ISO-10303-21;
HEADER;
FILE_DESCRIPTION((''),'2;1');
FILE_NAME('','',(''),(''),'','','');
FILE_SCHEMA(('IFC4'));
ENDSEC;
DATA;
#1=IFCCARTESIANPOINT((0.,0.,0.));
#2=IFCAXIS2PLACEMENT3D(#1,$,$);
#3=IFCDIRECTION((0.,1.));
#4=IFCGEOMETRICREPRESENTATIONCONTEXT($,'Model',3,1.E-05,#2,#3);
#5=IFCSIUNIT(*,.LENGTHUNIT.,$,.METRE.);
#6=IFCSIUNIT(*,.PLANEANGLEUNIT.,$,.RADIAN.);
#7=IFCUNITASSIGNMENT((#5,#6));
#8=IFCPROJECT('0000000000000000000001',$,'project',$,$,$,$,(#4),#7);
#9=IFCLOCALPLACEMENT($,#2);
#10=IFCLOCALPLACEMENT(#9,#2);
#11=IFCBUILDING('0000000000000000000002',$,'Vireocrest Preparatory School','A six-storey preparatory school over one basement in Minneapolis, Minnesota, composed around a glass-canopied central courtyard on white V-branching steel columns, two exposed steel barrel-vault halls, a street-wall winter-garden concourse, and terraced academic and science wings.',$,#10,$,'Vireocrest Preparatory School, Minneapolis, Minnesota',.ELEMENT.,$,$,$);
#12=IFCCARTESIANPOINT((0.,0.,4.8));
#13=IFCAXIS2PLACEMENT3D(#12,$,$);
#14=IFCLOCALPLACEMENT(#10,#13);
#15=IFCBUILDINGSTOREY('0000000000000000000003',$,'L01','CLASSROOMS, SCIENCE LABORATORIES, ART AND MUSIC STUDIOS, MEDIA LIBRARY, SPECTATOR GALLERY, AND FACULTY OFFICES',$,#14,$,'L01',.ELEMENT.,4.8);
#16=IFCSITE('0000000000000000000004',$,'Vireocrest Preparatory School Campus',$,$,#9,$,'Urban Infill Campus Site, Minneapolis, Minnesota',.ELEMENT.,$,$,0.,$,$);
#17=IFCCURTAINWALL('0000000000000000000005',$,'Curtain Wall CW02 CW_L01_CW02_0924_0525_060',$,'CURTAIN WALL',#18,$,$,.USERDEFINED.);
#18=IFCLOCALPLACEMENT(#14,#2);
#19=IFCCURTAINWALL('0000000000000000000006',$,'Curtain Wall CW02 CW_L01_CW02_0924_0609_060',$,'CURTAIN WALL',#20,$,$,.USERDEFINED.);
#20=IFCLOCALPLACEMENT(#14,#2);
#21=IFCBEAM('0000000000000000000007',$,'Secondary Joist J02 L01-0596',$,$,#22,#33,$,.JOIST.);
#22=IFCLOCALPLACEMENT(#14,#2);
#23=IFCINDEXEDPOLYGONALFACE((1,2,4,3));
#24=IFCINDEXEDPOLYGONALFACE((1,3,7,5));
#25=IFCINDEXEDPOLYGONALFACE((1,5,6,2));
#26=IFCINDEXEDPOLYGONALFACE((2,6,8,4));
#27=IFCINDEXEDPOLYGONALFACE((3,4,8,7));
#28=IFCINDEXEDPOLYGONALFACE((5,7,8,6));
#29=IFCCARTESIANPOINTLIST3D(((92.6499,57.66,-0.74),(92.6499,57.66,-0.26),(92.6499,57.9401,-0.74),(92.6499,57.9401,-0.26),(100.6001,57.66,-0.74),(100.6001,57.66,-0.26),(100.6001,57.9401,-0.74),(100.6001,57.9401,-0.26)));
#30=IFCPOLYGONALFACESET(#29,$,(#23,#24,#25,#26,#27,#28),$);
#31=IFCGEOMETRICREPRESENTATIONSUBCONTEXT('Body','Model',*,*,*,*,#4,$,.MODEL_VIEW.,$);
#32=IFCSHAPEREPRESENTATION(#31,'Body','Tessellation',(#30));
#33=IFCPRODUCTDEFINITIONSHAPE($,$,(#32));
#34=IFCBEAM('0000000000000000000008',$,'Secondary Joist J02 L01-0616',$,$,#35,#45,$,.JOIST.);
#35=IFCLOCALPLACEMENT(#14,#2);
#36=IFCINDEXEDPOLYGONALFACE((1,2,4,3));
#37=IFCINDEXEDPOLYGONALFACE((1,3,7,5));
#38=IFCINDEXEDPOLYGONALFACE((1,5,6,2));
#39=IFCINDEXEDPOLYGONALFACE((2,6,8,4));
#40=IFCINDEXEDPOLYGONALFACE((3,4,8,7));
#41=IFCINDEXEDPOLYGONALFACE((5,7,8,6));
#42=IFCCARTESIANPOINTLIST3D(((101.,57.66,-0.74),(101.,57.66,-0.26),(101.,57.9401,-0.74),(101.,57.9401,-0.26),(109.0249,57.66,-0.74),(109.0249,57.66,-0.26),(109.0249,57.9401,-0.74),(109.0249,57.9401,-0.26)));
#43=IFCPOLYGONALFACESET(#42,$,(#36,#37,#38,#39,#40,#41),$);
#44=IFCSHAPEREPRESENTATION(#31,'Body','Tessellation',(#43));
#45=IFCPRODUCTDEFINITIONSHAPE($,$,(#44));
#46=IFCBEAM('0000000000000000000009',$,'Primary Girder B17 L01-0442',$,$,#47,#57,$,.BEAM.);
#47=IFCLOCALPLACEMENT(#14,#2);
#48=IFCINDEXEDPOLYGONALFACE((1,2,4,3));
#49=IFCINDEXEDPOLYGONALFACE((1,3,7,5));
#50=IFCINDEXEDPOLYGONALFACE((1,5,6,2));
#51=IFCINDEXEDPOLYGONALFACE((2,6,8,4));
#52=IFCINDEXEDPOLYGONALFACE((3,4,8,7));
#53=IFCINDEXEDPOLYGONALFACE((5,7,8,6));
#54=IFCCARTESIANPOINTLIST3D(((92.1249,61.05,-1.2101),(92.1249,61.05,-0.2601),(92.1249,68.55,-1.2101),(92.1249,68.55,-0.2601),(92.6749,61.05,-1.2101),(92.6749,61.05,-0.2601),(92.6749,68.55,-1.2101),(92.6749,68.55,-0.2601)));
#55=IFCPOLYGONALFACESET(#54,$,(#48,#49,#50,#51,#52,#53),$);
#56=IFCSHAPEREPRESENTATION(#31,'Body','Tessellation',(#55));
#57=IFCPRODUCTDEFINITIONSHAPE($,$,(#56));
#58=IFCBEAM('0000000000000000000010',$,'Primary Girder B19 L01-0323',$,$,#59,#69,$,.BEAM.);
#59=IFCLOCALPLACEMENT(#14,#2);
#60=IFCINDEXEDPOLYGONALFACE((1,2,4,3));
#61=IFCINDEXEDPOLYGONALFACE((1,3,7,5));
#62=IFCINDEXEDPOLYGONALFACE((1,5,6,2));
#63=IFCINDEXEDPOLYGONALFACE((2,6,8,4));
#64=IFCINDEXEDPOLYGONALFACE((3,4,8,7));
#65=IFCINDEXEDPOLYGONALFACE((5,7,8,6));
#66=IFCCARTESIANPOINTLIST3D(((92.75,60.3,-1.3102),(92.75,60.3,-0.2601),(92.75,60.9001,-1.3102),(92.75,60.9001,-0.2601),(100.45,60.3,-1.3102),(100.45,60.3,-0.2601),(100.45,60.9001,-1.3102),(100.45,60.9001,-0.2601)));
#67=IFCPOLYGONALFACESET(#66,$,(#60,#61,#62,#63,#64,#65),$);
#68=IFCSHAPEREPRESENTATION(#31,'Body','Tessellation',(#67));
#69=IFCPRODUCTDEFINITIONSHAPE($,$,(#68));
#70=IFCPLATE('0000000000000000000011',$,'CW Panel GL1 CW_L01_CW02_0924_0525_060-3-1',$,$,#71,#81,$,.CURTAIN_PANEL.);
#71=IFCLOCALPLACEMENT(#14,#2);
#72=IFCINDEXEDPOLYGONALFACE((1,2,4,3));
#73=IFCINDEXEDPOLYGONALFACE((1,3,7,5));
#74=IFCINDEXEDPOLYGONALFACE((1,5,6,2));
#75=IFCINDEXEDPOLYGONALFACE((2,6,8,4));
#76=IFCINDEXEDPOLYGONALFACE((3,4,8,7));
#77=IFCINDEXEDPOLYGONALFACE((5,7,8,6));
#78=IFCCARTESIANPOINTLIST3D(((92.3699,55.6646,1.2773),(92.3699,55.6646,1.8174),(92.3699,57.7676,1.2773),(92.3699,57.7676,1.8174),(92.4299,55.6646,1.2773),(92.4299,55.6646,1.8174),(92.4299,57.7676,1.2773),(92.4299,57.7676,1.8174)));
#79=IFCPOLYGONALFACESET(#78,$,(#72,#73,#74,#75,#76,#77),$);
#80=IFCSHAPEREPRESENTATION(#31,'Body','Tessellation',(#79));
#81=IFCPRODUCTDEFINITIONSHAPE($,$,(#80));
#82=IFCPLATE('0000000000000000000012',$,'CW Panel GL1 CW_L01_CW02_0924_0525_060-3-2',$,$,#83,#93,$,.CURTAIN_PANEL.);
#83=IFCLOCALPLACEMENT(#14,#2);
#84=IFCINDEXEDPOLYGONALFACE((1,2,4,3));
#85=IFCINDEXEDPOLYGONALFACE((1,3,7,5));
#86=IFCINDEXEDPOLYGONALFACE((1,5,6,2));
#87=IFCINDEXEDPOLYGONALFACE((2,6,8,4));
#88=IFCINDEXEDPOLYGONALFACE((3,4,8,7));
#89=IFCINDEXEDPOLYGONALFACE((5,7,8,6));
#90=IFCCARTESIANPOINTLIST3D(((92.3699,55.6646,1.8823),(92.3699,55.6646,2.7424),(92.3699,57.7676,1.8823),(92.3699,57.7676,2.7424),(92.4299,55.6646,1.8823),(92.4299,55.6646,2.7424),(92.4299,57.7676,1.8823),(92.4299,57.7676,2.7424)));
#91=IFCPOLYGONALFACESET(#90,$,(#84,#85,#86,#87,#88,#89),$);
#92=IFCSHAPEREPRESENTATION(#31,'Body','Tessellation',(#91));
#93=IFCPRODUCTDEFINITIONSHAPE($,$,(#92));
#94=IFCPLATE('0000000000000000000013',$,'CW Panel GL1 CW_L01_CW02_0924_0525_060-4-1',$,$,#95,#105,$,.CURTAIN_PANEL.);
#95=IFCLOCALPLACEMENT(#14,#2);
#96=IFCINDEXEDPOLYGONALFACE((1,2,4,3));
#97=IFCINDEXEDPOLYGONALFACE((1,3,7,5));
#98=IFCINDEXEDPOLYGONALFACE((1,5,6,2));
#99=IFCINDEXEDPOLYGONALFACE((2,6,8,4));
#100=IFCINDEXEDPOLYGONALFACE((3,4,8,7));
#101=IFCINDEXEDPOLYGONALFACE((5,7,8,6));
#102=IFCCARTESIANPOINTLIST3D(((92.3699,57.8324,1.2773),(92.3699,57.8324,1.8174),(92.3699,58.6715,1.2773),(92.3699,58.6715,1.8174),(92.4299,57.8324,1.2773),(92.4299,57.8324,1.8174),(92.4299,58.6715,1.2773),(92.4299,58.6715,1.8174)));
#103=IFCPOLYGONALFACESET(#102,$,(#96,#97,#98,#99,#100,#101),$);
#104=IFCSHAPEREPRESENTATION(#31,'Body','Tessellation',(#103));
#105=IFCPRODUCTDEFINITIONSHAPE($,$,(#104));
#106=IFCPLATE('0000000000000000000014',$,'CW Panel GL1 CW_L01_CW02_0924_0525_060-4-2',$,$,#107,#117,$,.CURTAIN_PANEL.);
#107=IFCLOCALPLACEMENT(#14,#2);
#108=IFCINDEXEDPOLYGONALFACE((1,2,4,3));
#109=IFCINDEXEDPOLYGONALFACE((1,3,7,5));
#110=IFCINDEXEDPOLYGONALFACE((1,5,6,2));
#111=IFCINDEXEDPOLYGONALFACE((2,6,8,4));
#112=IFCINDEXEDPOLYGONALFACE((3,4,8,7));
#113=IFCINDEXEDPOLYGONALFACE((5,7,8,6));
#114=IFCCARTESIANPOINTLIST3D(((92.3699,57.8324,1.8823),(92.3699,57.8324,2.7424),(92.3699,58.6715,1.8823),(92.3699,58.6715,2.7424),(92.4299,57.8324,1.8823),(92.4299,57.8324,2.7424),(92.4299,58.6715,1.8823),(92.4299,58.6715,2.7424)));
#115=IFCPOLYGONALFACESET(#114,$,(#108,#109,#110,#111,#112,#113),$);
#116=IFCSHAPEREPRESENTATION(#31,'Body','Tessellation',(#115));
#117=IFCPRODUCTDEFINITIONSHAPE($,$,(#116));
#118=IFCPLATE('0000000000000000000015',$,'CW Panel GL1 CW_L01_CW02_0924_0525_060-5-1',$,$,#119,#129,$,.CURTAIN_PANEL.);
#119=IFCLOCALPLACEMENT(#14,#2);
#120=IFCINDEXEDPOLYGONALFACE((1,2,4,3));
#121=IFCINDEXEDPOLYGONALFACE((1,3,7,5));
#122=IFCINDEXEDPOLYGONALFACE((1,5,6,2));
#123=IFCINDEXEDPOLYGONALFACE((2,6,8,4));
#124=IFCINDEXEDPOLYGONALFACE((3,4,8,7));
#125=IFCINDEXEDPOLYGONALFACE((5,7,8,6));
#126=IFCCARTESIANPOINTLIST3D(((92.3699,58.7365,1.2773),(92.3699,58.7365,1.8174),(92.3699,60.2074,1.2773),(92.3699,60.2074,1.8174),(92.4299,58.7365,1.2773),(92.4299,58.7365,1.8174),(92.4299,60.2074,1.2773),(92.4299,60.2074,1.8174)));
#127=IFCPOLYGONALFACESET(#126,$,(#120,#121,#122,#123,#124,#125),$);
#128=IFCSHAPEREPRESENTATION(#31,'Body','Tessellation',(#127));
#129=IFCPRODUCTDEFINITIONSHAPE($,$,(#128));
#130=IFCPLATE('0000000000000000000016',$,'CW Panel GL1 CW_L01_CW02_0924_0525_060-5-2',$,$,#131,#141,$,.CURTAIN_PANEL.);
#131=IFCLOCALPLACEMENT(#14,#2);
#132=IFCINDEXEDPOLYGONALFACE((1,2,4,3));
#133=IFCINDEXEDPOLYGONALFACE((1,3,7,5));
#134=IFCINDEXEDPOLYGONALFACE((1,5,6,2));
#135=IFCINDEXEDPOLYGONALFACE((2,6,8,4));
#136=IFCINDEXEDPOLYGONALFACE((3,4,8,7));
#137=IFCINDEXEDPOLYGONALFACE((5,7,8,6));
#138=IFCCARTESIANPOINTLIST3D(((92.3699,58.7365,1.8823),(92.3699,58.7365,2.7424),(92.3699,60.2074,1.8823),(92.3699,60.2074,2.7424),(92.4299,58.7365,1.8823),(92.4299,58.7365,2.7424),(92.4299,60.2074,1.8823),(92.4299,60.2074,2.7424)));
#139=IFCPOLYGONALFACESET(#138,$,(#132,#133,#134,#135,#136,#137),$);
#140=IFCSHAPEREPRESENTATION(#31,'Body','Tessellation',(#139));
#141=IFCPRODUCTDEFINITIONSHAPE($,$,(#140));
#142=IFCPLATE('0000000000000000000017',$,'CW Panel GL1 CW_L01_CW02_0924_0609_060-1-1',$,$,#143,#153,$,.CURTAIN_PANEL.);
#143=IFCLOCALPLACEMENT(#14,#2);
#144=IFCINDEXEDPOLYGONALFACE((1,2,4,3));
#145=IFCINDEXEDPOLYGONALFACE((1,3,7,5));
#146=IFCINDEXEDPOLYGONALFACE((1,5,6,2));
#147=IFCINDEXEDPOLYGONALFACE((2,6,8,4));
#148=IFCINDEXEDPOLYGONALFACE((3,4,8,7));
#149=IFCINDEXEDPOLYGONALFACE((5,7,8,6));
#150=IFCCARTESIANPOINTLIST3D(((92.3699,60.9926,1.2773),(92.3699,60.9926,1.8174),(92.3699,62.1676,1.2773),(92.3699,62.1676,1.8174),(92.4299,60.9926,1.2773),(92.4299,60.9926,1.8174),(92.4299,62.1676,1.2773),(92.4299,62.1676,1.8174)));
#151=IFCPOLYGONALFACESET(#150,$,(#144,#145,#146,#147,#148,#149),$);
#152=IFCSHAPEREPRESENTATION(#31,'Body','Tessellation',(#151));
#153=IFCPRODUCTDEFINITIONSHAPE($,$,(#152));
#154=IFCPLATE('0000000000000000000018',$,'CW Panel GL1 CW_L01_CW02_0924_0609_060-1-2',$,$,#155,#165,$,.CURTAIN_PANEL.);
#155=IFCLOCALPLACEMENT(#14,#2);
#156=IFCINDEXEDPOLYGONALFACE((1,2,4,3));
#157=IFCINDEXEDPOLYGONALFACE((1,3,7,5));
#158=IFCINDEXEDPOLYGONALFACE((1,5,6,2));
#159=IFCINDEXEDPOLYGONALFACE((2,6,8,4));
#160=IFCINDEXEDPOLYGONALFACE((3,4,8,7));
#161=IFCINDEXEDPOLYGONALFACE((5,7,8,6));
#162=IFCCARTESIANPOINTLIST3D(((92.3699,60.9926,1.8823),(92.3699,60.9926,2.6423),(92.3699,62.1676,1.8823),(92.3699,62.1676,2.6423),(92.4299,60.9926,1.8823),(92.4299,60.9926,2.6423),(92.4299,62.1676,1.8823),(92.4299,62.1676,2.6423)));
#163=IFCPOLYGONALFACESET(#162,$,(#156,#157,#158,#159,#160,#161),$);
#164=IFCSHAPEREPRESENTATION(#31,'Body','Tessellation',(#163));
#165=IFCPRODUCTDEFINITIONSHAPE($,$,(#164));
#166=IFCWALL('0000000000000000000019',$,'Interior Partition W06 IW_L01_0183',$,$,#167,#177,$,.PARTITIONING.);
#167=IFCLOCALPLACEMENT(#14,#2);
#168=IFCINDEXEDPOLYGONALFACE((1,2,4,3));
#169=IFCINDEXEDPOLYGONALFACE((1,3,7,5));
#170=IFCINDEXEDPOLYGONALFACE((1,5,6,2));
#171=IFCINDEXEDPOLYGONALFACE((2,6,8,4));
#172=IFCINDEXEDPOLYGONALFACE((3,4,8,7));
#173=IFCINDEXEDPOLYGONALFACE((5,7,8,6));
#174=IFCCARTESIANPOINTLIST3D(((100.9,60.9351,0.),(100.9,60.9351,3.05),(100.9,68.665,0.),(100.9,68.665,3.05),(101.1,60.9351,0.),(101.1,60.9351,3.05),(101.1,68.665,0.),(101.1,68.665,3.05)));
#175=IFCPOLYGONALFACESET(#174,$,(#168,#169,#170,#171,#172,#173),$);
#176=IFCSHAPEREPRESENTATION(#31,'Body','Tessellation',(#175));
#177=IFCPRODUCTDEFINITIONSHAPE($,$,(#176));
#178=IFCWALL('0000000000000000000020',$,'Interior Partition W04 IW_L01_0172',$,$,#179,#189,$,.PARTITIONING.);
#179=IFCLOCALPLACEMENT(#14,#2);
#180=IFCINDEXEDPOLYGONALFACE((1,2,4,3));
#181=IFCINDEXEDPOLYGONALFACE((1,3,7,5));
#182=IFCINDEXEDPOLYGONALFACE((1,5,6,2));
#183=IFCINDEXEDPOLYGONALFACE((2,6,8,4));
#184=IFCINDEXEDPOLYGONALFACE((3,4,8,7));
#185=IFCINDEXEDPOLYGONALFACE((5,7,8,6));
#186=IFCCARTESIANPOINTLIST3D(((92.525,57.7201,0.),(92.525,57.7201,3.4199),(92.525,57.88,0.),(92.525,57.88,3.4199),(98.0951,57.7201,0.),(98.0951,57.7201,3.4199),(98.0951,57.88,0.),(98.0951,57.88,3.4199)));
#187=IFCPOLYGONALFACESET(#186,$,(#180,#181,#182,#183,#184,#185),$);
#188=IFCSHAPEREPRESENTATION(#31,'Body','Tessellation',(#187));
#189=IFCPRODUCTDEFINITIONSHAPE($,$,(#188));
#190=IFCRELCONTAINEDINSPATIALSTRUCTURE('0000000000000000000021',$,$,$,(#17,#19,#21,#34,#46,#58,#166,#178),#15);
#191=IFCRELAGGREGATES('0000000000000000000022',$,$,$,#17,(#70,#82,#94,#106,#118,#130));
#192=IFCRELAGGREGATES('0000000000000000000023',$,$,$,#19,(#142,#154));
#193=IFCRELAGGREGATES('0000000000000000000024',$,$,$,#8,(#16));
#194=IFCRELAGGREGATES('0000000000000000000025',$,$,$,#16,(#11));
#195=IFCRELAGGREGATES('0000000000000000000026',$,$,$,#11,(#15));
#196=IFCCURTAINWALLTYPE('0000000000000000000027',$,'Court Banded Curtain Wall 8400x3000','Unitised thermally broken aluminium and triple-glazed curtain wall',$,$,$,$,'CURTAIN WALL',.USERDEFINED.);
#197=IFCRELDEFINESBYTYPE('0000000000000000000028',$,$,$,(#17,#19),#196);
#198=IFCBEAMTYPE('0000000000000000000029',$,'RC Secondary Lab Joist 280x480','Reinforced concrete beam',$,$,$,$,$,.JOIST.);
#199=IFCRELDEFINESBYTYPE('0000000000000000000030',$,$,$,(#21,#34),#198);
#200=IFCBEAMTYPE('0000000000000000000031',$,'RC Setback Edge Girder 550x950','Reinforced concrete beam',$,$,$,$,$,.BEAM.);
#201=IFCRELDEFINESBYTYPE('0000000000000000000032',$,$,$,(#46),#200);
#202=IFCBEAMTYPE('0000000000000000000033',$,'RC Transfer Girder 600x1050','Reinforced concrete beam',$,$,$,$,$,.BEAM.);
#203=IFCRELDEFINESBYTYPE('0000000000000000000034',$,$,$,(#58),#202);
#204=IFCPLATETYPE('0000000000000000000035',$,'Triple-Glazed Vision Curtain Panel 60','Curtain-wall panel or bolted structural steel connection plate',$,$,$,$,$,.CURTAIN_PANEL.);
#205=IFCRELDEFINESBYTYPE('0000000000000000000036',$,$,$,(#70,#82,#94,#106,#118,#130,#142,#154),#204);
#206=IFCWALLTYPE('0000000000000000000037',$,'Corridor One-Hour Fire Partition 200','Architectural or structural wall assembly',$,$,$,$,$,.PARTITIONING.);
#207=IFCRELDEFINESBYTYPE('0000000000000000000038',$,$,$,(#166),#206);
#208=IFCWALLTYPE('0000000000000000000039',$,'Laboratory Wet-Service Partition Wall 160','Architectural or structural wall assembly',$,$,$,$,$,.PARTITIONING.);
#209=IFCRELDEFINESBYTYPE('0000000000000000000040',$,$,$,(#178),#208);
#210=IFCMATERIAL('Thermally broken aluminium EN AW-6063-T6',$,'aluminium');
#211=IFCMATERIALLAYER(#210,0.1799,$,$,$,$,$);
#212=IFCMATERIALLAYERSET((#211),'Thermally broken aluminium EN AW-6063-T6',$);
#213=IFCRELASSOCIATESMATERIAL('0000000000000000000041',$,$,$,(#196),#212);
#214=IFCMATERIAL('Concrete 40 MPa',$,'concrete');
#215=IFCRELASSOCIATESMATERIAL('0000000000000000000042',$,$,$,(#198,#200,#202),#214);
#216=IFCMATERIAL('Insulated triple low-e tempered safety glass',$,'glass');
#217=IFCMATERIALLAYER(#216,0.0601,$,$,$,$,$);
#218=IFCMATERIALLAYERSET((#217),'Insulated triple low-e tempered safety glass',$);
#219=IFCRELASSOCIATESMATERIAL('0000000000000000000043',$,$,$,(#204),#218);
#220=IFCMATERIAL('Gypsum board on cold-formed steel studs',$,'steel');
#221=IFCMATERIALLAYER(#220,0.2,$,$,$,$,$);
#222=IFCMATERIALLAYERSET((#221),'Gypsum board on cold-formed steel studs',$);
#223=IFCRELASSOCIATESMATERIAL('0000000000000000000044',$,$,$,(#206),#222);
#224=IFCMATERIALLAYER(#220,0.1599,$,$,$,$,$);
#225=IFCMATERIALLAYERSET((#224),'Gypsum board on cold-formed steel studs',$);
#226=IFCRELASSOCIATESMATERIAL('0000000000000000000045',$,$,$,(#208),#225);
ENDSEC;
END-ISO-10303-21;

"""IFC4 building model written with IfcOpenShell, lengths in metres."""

from ifc_helpers import new_model, si_unit, direction, frame, frame_2d, origin, origin_2d, place, context, subcontext, project, spatial, rectangle, extrude, material, layer, layer_set, material_profile, profile_set, type_object, element, aggregate, save


model = new_model("IFC4")

# Units and contexts
model_context = context("Model", 3, precision=1e-05, world=origin(), true_north=direction((0.0, 1.0)))
body_context = subcontext(model_context, "Body", "Model", "MODEL_VIEW")
ifc_project = project(units=[si_unit("LENGTHUNIT", "METRE"), si_unit("PLANEANGLEUNIT", "RADIAN")], contexts=[model_context])

# Site, building, storey
site_placement = place(None, origin())
site = spatial("IfcSite", under=ifc_project, at=site_placement, Name="Vireocrest Preparatory School Campus", LongName="Urban Infill Campus Site, Minneapolis, Minnesota", CompositionType="ELEMENT", RefElevation=0.0)
building_placement = place(site_placement, origin())
building = spatial("IfcBuilding", under=site, at=building_placement, Name="Vireocrest Preparatory School", Description="A six-storey preparatory school over one basement in Minneapolis, Minnesota, composed around a glass-canopied central courtyard on white V-branching steel columns, two exposed steel barrel-vault halls, a street-wall winter-garden concourse, and terraced academic and science wings.", LongName="Vireocrest Preparatory School, Minneapolis, Minnesota", CompositionType="ELEMENT")
storey_placement = place(building_placement, frame((0.0, 0.0, 4.8)))
storey = spatial("IfcBuildingStorey", under=building, at=storey_placement, Name="L01", Description="CLASSROOMS, SCIENCE LABORATORIES, ART AND MUSIC STUDIOS, MEDIA LIBRARY, SPECTATOR GALLERY, AND FACULTY OFFICES", LongName="L01", CompositionType="ELEMENT", Elevation=4.8)

# Curtain walls
ifc_material_1 = material(Name="Thermally broken aluminium EN AW-6063-T6", Category="aluminium")
ifc_layer_1 = layer(ifc_material_1, 0.1799)
ifc_layer_set_1 = layer_set([ifc_layer_1], Name="Thermally broken aluminium EN AW-6063-T6")
curtain_wall_type = type_object("IfcCurtainWallType", Name="Court Banded Curtain Wall 8400x3000", Description="Unitised thermally broken aluminium and triple-glazed curtain wall", ElementType="CURTAIN WALL", PredefinedType="USERDEFINED", material=ifc_layer_set_1)
curtain_wall_1_placement = place(storey_placement, origin())
curtain_wall_1 = element("IfcCurtainWall", 1, at=curtain_wall_1_placement, inside=storey, type_object=curtain_wall_type, Name="Curtain Wall CW02 CW_L01_CW02_0924_0525_060", ObjectType="CURTAIN WALL", PredefinedType="USERDEFINED")
curtain_wall_2_placement = place(storey_placement, origin())
curtain_wall_2 = element("IfcCurtainWall", 2, at=curtain_wall_2_placement, inside=storey, type_object=curtain_wall_type, Name="Curtain Wall CW02 CW_L01_CW02_0924_0609_060", ObjectType="CURTAIN WALL", PredefinedType="USERDEFINED")

# Beams
ifc_material_2 = material(Name="Concrete 40 MPa", Category="concrete")
ifc_material_profile_1 = material_profile(ifc_material_2, rectangle(XDim=0.28, YDim=0.48, at=origin_2d()), Name="RC 280x480")
ifc_profile_set_1 = profile_set([ifc_material_profile_1], Name="Concrete 40 MPa")
beam_type_1 = type_object("IfcBeamType", Name="RC Secondary Lab Joist 280x480", Description="Reinforced concrete beam", PredefinedType="JOIST", material=ifc_profile_set_1)
beam_1_placement = place(storey_placement, frame((92.6499, 57.8, -0.5), z_axis=(1.0, 0.0, 0.0), x_axis=(0.0, 1.0, 0.0)))
element("IfcBeam", 3, at=beam_1_placement, inside=storey, type_object=beam_type_1, Name="Secondary Joist J02 L01-0596", PredefinedType="JOIST", context=body_context, shape_type="SweptSolid", body=[
    extrude(rectangle(XDim=0.28, YDim=0.48, at=origin_2d()), origin(), (0.0, 0.0, 1.0), 7.9502),
])
beam_2_placement = place(storey_placement, frame((101.0, 57.8, -0.5), z_axis=(1.0, 0.0, 0.0), x_axis=(0.0, 1.0, 0.0)))
element("IfcBeam", 4, at=beam_2_placement, inside=storey, type_object=beam_type_1, Name="Secondary Joist J02 L01-0616", PredefinedType="JOIST", context=body_context, shape_type="SweptSolid", body=[
    extrude(rectangle(XDim=0.28, YDim=0.48, at=origin_2d()), origin(), (0.0, 0.0, 1.0), 8.0249),
])
ifc_material_profile_2 = material_profile(ifc_material_2, rectangle(XDim=0.55, YDim=0.95, at=origin_2d()), Name="RC 550x950")
ifc_profile_set_2 = profile_set([ifc_material_profile_2], Name="Concrete 40 MPa")
beam_type_2 = type_object("IfcBeamType", Name="RC Setback Edge Girder 550x950", Description="Reinforced concrete beam", PredefinedType="BEAM", material=ifc_profile_set_2)
beam_3_placement = place(storey_placement, frame((92.3999, 61.05, -0.7351), z_axis=(0.0, 1.0, 0.0), x_axis=(-1.0, 0.0, 0.0)))
element("IfcBeam", 5, at=beam_3_placement, inside=storey, type_object=beam_type_2, Name="Primary Girder B17 L01-0442", PredefinedType="BEAM", context=body_context, shape_type="SweptSolid", body=[
    extrude(rectangle(XDim=0.55, YDim=0.95, at=origin_2d()), origin(), (0.0, 0.0, 1.0), 7.5),
])
ifc_material_profile_3 = material_profile(ifc_material_2, rectangle(XDim=0.6001, YDim=1.05, at=origin_2d()), Name="RC 600x1050")
ifc_profile_set_3 = profile_set([ifc_material_profile_3], Name="Concrete 40 MPa")
beam_type_3 = type_object("IfcBeamType", Name="RC Transfer Girder 600x1050", Description="Reinforced concrete beam", PredefinedType="BEAM", material=ifc_profile_set_3)
beam_4_placement = place(storey_placement, frame((92.75, 60.6001, -0.7852), z_axis=(1.0, 0.0, 0.0), x_axis=(0.0, 1.0, 0.0)))
element("IfcBeam", 6, at=beam_4_placement, inside=storey, type_object=beam_type_3, Name="Primary Girder B19 L01-0323", PredefinedType="BEAM", context=body_context, shape_type="SweptSolid", body=[
    extrude(rectangle(XDim=0.6001, YDim=1.05, at=origin_2d()), origin(), (0.0, 0.0, 1.0), 7.7),
])

# Plates
ifc_material_3 = material(Name="Insulated triple low-e tempered safety glass", Category="glass")
ifc_layer_2 = layer(ifc_material_3, 0.0601)
ifc_layer_set_2 = layer_set([ifc_layer_2], Name="Insulated triple low-e tempered safety glass")
plate_type = type_object("IfcPlateType", Name="Triple-Glazed Vision Curtain Panel 60", Description="Curtain-wall panel or bolted structural steel connection plate", PredefinedType="CURTAIN_PANEL", material=ifc_layer_set_2)
plate_1_placement = place(storey_placement, frame((92.3999, 56.7161, 1.2773), z_axis=(0.0, 0.0, 1.0), x_axis=(0.0, 1.0, 0.0)))
plate_1 = element("IfcPlate", 7, at=plate_1_placement, type_object=plate_type, Name="CW Panel GL1 CW_L01_CW02_0924_0525_060-3-1", PredefinedType="CURTAIN_PANEL", context=body_context, shape_type="SweptSolid", body=[
    extrude(rectangle(XDim=2.103, YDim=0.0601, at=origin_2d()), origin(), (0.0, 0.0, 1.0), 0.54),
])
plate_2_placement = place(storey_placement, frame((92.3999, 56.7161, 1.8823), z_axis=(0.0, 0.0, 1.0), x_axis=(0.0, 1.0, 0.0)))
plate_2 = element("IfcPlate", 8, at=plate_2_placement, type_object=plate_type, Name="CW Panel GL1 CW_L01_CW02_0924_0525_060-3-2", PredefinedType="CURTAIN_PANEL", context=body_context, shape_type="SweptSolid", body=[
    extrude(rectangle(XDim=2.103, YDim=0.0601, at=origin_2d()), origin(), (0.0, 0.0, 1.0), 0.8601),
])
plate_3_placement = place(storey_placement, frame((92.3999, 58.252, 1.2773), z_axis=(0.0, 0.0, 1.0), x_axis=(0.0, 1.0, 0.0)))
plate_3 = element("IfcPlate", 9, at=plate_3_placement, type_object=plate_type, Name="CW Panel GL1 CW_L01_CW02_0924_0525_060-4-1", PredefinedType="CURTAIN_PANEL", context=body_context, shape_type="SweptSolid", body=[
    extrude(rectangle(XDim=0.8391, YDim=0.0601, at=origin_2d()), origin(), (0.0, 0.0, 1.0), 0.54),
])
plate_4_placement = place(storey_placement, frame((92.3999, 58.252, 1.8823), z_axis=(0.0, 0.0, 1.0), x_axis=(0.0, 1.0, 0.0)))
plate_4 = element("IfcPlate", 10, at=plate_4_placement, type_object=plate_type, Name="CW Panel GL1 CW_L01_CW02_0924_0525_060-4-2", PredefinedType="CURTAIN_PANEL", context=body_context, shape_type="SweptSolid", body=[
    extrude(rectangle(XDim=0.8391, YDim=0.0601, at=origin_2d()), origin(), (0.0, 0.0, 1.0), 0.8601),
])
plate_5_placement = place(storey_placement, frame((92.3999, 59.4719, 1.2773), z_axis=(0.0, 0.0, 1.0), x_axis=(0.0, 1.0, 0.0)))
plate_5 = element("IfcPlate", 11, at=plate_5_placement, type_object=plate_type, Name="CW Panel GL1 CW_L01_CW02_0924_0525_060-5-1", PredefinedType="CURTAIN_PANEL", context=body_context, shape_type="SweptSolid", body=[
    extrude(rectangle(XDim=1.4709, YDim=0.0601, at=origin_2d()), origin(), (0.0, 0.0, 1.0), 0.54),
])
plate_6_placement = place(storey_placement, frame((92.3999, 59.4719, 1.8823), z_axis=(0.0, 0.0, 1.0), x_axis=(0.0, 1.0, 0.0)))
plate_6 = element("IfcPlate", 12, at=plate_6_placement, type_object=plate_type, Name="CW Panel GL1 CW_L01_CW02_0924_0525_060-5-2", PredefinedType="CURTAIN_PANEL", context=body_context, shape_type="SweptSolid", body=[
    extrude(rectangle(XDim=1.4709, YDim=0.0601, at=origin_2d()), origin(), (0.0, 0.0, 1.0), 0.8601),
])
aggregate(curtain_wall_1, [plate_1, plate_2, plate_3, plate_4, plate_5, plate_6])
plate_7_placement = place(storey_placement, frame((92.3999, 61.5801, 1.2773), z_axis=(0.0, 0.0, 1.0), x_axis=(0.0, 1.0, 0.0)))
plate_7 = element("IfcPlate", 13, at=plate_7_placement, type_object=plate_type, Name="CW Panel GL1 CW_L01_CW02_0924_0609_060-1-1", PredefinedType="CURTAIN_PANEL", context=body_context, shape_type="SweptSolid", body=[
    extrude(rectangle(XDim=1.175, YDim=0.0601, at=origin_2d()), origin(), (0.0, 0.0, 1.0), 0.54),
])
plate_8_placement = place(storey_placement, frame((92.3999, 61.5801, 1.8823), z_axis=(0.0, 0.0, 1.0), x_axis=(0.0, 1.0, 0.0)))
plate_8 = element("IfcPlate", 14, at=plate_8_placement, type_object=plate_type, Name="CW Panel GL1 CW_L01_CW02_0924_0609_060-1-2", PredefinedType="CURTAIN_PANEL", context=body_context, shape_type="SweptSolid", body=[
    extrude(rectangle(XDim=1.175, YDim=0.0601, at=origin_2d()), origin(), (0.0, 0.0, 1.0), 0.76),
])
aggregate(curtain_wall_2, [plate_7, plate_8])

# Walls
ifc_material_4 = material(Name="Gypsum board on cold-formed steel studs", Category="steel")
ifc_layer_3 = layer(ifc_material_4, 0.2)
ifc_layer_set_3 = layer_set([ifc_layer_3], Name="Gypsum board on cold-formed steel studs")
wall_type_1 = type_object("IfcWallType", Name="Corridor One-Hour Fire Partition 200", Description="Architectural or structural wall assembly", PredefinedType="PARTITIONING", material=ifc_layer_set_3)
wall_1_placement = place(storey_placement, frame((101.0, 60.9351, 0.0), z_axis=(0.0, 0.0, 1.0), x_axis=(0.0, 1.0, 0.0)))
element("IfcWall", 15, at=wall_1_placement, inside=storey, type_object=wall_type_1, Name="Interior Partition W06 IW_L01_0183", PredefinedType="PARTITIONING", context=body_context, shape_type="SweptSolid", body=[
    extrude(rectangle(XDim=7.73, YDim=0.2, at=frame_2d((3.865, 0.0))), origin(), (0.0, 0.0, 1.0), 3.05),
])
ifc_layer_4 = layer(ifc_material_4, 0.1599)
ifc_layer_set_4 = layer_set([ifc_layer_4], Name="Gypsum board on cold-formed steel studs")
wall_type_2 = type_object("IfcWallType", Name="Laboratory Wet-Service Partition Wall 160", Description="Architectural or structural wall assembly", PredefinedType="PARTITIONING", material=ifc_layer_set_4)
wall_2_placement = place(storey_placement, frame((92.5249, 57.8, 0.0), z_axis=(0.0, 0.0, 1.0), x_axis=(1.0, 0.0, 0.0)))
element("IfcWall", 16, at=wall_2_placement, inside=storey, type_object=wall_type_2, Name="Interior Partition W04 IW_L01_0172", PredefinedType="PARTITIONING", context=body_context, shape_type="SweptSolid", body=[
    extrude(rectangle(XDim=5.5701, YDim=0.1599, at=frame_2d((2.7852, 0.0))), origin(), (0.0, 0.0, 1.0), 3.4199),
])

save(model, "model.ifc")
